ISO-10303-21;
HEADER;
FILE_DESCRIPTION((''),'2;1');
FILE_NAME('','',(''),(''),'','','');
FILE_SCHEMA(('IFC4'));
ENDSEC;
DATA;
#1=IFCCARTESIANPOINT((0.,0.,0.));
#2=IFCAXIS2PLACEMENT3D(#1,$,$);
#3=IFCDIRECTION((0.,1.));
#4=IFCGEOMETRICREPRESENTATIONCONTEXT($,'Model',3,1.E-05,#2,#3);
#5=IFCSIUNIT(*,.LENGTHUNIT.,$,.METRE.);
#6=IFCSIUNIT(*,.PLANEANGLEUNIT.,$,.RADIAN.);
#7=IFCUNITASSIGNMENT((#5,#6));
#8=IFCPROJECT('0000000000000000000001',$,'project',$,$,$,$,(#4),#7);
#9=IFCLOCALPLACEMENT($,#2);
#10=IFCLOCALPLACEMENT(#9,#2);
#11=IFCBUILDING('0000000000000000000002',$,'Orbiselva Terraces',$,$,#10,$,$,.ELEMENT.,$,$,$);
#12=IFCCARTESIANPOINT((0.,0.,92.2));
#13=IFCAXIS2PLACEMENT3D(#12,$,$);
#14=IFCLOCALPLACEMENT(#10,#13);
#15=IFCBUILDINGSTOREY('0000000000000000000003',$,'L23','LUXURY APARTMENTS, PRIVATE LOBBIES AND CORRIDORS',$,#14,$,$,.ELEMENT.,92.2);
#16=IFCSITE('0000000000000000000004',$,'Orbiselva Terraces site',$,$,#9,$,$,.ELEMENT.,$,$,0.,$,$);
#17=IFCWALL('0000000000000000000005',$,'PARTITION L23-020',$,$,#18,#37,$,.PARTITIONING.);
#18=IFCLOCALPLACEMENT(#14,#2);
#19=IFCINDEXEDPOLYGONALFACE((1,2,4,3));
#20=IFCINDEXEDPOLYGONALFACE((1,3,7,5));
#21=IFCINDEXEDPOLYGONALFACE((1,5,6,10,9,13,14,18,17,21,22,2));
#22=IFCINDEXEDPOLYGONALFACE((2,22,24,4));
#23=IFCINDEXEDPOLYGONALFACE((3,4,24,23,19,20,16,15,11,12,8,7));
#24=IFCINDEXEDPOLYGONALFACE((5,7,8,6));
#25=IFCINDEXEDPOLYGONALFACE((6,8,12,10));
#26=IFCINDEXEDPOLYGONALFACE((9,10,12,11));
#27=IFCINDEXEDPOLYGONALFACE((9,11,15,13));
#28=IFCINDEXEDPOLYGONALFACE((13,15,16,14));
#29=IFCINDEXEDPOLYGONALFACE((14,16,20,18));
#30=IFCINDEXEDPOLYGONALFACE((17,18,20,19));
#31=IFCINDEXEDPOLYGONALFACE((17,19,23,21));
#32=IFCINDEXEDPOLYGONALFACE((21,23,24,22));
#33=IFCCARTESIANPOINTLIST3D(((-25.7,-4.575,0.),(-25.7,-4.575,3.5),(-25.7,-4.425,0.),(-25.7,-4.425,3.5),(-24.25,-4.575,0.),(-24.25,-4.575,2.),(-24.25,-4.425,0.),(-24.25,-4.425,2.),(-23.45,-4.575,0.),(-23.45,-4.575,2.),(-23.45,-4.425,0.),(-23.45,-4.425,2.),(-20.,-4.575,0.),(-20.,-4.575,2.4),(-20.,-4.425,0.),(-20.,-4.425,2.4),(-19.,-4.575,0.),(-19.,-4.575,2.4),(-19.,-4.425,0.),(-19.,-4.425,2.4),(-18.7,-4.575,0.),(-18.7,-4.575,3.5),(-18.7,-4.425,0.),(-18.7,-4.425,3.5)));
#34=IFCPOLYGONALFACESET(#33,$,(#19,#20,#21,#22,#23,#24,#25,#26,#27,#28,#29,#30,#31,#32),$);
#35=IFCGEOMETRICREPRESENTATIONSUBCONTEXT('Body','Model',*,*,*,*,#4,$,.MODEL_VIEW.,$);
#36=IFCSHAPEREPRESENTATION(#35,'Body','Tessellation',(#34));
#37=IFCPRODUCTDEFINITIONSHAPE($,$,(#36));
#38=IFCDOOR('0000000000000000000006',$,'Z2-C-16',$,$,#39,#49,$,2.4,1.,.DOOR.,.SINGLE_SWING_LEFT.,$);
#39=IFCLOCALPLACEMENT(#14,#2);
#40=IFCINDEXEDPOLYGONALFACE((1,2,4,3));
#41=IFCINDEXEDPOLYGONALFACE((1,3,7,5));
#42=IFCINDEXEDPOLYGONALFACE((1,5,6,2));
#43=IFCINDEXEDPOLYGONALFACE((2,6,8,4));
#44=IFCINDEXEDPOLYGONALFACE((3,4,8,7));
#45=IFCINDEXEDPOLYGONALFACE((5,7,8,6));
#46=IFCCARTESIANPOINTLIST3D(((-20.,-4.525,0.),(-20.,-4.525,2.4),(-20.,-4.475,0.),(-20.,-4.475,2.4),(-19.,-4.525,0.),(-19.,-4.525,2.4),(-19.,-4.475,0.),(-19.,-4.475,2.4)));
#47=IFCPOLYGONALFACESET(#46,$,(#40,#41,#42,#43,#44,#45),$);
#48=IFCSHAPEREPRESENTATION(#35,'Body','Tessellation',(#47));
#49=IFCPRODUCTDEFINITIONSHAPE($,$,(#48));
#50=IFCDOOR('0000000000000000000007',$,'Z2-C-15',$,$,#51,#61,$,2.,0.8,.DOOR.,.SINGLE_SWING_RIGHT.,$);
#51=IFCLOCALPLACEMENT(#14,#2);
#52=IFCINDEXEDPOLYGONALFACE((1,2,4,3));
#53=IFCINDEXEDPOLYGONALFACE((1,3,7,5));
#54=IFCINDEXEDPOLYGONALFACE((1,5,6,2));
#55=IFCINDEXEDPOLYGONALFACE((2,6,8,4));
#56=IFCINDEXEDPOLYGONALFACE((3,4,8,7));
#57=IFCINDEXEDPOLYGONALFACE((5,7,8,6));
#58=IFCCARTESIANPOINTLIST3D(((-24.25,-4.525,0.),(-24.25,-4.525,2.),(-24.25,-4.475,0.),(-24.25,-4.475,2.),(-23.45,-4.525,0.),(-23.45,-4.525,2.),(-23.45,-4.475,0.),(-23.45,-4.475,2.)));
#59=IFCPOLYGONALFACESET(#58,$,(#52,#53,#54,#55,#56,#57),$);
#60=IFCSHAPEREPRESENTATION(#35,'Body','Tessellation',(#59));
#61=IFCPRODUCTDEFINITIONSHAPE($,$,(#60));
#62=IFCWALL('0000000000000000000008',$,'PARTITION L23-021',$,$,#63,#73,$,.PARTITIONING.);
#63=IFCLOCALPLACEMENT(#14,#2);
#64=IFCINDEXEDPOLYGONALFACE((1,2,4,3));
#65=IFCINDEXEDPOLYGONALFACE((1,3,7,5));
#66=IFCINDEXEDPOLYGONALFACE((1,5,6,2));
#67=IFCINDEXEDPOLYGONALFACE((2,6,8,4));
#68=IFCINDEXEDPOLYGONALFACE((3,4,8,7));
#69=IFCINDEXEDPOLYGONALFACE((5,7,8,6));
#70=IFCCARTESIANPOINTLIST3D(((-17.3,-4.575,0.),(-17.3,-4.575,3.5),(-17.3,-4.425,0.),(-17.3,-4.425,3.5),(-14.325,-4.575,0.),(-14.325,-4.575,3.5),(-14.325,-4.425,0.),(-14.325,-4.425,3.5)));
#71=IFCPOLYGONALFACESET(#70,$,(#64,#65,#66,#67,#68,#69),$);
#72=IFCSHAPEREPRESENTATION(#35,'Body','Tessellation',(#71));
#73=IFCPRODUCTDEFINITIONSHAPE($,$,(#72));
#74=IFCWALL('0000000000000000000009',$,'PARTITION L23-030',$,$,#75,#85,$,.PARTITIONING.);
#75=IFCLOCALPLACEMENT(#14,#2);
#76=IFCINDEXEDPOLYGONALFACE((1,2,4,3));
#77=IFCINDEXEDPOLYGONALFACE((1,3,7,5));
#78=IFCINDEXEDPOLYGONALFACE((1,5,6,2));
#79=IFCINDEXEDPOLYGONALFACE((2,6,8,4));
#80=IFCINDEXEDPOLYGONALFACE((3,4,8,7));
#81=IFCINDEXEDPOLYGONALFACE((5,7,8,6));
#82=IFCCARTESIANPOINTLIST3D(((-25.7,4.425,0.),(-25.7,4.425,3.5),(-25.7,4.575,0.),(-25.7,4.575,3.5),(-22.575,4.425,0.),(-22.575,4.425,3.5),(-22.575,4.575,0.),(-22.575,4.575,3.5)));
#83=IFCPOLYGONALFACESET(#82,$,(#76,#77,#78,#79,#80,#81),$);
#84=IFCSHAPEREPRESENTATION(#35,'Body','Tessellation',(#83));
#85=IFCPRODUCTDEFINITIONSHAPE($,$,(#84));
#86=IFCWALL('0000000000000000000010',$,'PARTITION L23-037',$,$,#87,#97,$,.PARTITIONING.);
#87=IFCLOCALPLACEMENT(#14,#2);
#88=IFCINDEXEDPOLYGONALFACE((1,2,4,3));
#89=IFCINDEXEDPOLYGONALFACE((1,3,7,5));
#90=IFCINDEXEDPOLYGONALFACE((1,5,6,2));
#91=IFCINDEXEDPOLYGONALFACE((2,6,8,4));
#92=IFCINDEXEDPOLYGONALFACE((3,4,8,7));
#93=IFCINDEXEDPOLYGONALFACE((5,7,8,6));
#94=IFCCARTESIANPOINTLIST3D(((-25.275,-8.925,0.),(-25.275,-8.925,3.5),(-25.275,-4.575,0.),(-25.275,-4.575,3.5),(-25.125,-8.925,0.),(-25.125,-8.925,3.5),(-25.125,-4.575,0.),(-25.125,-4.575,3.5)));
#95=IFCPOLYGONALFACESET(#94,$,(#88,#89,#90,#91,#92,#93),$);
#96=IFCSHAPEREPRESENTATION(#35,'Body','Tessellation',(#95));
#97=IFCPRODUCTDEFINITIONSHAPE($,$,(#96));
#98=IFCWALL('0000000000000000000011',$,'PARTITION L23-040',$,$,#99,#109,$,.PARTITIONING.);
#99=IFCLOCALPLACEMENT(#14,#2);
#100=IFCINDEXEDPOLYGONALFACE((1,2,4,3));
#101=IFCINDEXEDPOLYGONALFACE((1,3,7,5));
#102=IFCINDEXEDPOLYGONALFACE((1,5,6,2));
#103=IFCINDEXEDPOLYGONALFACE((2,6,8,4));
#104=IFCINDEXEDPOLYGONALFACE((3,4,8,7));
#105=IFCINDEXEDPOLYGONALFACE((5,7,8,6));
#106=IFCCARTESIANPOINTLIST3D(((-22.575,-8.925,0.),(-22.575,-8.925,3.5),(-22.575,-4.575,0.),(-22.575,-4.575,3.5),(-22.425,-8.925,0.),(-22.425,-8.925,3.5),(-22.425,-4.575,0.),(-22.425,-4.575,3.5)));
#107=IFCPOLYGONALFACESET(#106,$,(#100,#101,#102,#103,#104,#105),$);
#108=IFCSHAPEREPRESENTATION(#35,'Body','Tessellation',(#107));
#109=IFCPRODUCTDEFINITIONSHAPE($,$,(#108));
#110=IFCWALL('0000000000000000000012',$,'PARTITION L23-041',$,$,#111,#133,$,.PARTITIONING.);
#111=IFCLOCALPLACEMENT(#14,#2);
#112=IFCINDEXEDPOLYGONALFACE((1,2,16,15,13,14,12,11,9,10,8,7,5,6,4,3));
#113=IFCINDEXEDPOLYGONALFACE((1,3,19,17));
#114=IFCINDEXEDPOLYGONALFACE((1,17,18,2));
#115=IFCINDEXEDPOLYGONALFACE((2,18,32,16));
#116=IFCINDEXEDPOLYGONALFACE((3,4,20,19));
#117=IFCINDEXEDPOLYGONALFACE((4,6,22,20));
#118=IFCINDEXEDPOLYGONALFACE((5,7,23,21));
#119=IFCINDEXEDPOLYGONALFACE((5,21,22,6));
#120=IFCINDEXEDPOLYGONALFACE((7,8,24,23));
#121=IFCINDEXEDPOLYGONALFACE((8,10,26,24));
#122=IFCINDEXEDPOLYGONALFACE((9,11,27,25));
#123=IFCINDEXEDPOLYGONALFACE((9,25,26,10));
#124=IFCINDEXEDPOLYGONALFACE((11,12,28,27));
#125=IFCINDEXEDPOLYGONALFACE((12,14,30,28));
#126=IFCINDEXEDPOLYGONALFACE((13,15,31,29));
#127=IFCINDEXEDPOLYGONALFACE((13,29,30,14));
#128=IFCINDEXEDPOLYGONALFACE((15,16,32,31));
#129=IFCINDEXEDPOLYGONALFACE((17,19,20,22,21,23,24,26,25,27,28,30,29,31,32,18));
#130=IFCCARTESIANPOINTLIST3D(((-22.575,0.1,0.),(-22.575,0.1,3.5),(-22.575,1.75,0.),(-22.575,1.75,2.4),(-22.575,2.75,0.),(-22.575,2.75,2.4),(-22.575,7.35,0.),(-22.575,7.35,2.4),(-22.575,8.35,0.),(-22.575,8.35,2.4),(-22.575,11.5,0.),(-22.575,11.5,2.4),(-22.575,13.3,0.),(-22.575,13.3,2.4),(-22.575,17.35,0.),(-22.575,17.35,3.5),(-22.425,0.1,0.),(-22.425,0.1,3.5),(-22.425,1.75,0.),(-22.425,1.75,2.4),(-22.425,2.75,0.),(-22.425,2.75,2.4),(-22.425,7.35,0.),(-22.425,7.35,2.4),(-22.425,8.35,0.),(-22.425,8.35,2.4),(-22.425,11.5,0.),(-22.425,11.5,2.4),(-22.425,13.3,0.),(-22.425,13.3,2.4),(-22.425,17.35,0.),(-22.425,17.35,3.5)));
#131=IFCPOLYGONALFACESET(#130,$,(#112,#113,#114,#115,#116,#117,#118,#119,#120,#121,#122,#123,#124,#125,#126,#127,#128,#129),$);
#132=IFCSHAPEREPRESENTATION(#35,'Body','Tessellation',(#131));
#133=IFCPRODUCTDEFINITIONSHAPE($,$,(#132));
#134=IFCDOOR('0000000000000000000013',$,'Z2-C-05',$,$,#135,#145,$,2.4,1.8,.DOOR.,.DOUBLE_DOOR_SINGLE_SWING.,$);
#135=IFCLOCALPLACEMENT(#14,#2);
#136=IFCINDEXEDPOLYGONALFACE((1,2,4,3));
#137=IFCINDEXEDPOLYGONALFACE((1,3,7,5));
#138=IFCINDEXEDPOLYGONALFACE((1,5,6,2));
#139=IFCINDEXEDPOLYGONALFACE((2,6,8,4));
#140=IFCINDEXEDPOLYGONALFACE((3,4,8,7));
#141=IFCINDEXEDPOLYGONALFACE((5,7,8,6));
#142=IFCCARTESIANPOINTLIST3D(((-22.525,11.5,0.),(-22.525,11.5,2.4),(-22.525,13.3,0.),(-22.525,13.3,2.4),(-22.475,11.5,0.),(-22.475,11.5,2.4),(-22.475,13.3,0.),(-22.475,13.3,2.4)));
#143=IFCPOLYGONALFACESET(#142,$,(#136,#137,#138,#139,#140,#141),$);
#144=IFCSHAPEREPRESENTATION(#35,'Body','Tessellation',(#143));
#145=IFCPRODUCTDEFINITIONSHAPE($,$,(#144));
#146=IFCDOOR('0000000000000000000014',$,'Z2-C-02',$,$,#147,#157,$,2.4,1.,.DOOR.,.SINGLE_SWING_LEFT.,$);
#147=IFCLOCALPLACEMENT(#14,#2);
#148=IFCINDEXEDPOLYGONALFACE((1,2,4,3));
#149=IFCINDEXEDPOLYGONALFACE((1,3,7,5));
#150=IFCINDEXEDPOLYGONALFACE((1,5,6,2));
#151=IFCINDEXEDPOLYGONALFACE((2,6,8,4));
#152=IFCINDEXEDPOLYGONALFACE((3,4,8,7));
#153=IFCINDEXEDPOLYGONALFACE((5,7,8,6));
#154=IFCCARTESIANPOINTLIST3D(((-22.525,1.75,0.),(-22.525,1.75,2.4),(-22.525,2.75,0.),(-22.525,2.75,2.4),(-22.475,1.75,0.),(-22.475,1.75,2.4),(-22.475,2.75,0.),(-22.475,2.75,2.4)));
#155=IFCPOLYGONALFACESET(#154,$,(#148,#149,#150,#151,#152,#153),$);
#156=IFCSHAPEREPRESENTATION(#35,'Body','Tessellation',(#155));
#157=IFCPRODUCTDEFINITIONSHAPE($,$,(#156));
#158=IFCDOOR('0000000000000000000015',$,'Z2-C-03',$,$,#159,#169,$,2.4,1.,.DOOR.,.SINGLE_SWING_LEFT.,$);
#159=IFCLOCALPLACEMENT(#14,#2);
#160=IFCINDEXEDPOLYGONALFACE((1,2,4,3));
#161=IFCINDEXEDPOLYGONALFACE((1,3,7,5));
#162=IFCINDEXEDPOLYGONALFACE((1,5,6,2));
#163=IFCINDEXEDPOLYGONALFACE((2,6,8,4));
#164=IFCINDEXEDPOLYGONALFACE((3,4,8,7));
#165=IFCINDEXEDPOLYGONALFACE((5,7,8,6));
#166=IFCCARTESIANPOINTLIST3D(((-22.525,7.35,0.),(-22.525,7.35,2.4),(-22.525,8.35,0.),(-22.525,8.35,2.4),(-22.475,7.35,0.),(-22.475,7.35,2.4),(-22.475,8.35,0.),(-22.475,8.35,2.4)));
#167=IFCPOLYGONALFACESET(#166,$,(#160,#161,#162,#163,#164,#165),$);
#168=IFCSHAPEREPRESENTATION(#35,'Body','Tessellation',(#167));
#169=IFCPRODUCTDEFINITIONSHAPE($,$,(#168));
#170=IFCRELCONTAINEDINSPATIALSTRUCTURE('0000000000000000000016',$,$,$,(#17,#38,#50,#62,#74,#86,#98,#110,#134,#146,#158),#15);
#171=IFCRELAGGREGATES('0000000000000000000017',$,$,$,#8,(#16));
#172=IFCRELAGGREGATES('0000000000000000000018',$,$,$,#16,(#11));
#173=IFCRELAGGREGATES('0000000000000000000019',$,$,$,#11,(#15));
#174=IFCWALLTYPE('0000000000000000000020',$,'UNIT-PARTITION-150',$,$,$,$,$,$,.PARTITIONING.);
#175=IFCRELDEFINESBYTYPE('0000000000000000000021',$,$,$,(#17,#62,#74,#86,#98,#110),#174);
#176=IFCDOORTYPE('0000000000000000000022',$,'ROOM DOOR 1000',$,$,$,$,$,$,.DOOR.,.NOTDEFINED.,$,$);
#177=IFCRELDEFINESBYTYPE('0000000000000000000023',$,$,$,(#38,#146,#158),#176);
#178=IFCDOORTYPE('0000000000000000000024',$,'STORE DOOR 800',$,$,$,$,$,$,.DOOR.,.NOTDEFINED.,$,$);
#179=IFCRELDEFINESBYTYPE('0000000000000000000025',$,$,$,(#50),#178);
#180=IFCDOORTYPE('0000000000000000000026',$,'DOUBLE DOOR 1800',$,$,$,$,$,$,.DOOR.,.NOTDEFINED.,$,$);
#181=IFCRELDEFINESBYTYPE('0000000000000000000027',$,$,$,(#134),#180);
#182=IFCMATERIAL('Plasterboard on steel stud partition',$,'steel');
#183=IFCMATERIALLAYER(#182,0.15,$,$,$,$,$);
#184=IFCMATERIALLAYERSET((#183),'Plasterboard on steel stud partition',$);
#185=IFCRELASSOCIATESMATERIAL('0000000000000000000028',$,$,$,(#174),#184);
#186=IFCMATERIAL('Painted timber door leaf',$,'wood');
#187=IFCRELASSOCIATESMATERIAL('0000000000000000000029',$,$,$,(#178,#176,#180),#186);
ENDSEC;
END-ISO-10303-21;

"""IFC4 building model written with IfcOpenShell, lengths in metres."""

from ifc_helpers import new_model, si_unit, direction, frame, frame_2d, origin, place, context, subcontext, project, spatial, rectangle, extrude, material, layer, layer_set, type_object, element, fill, save


model = new_model("IFC4")

# Units and contexts
model_context = context("Model", 3, precision=1e-05, world=origin(), true_north=direction((0.0, 1.0)))
body_context = subcontext(model_context, "Body", "Model", "MODEL_VIEW")
ifc_project = project(units=[si_unit("LENGTHUNIT", "METRE"), si_unit("PLANEANGLEUNIT", "RADIAN")], contexts=[model_context])

# Site, building, storey
site_placement = place(None, origin())
site = spatial("IfcSite", under=ifc_project, at=site_placement, Name="Orbiselva Terraces site", CompositionType="ELEMENT", RefElevation=0.0)
building_placement = place(site_placement, origin())
building = spatial("IfcBuilding", under=site, at=building_placement, Name="Orbiselva Terraces", CompositionType="ELEMENT")
storey_placement = place(building_placement, frame((0.0, 0.0, 92.2)))
storey = spatial("IfcBuildingStorey", under=building, at=storey_placement, Name="L23", Description="LUXURY APARTMENTS, PRIVATE LOBBIES AND CORRIDORS", CompositionType="ELEMENT", Elevation=92.2)

# Shared definitions
ifc_material_1 = material(Name="Plasterboard on steel stud partition", Category="steel")

# Shared definitions
ifc_layer_1 = layer(ifc_material_1, 0.15)
ifc_layer_set_1 = layer_set([ifc_layer_1], Name="Plasterboard on steel stud partition")
wall_type_1 = type_object("IfcWallType", Name="UNIT-PARTITION-150", PredefinedType="PARTITIONING", material=ifc_layer_set_1)
ifc_material_2 = material(Name="Painted timber door leaf", Category="wood")
door_type_1 = type_object("IfcDoorType", Name="STORE DOOR 800", OperationType="NOTDEFINED", PredefinedType="DOOR", material=ifc_material_2)

# Wall, openings, doors
wall_1_placement = place(storey_placement, frame((-18.7, -4.5, 0.0), z_axis=(0.0, 0.0, 1.0), x_axis=(-1.0, 0.0, 0.0)))
wall_1 = element("IfcWall", 1, at=wall_1_placement, inside=storey, type_object=wall_type_1, Name="PARTITION L23-020", PredefinedType="PARTITIONING", context=body_context, shape_type="SweptSolid", body=[
    extrude(rectangle(XDim=7.0, YDim=0.15, at=frame_2d((3.5, 0.0))), origin(), (0.0, 0.0, 1.0), 3.5),
])
opening_1_placement = place(wall_1_placement, frame((4.75, 0.0, 0.0)))
opening_1 = element("IfcOpeningElement", 2, at=opening_1_placement, cuts=wall_1, PredefinedType="OPENING", context=body_context, shape_type="SweptSolid", body=[
    extrude(rectangle(XDim=0.8, YDim=2.0, at=frame_2d((0.4, 1.0))), frame((0.0, 0.085, 0.0), z_axis=(0.0, -1.0, 0.0), x_axis=(1.0, 0.0, 0.0)), (0.0, 0.0, 1.0), 0.17),
])
opening_2_placement = place(wall_1_placement, frame((0.3, 0.0, 0.0)))
opening_2 = element("IfcOpeningElement", 3, at=opening_2_placement, cuts=wall_1, PredefinedType="OPENING", context=body_context, shape_type="SweptSolid", body=[
    extrude(rectangle(XDim=1.0, YDim=2.4, at=frame_2d((0.5, 1.2))), frame((0.0, 0.085, 0.0), z_axis=(0.0, -1.0, 0.0), x_axis=(1.0, 0.0, 0.0)), (0.0, 0.0, 1.0), 0.17),
])
door_type_2 = type_object("IfcDoorType", Name="ROOM DOOR 1000", OperationType="NOTDEFINED", PredefinedType="DOOR", material=ifc_material_2)
door_1_placement = place(opening_2_placement, origin())
door_1 = element("IfcDoor", 4, at=door_1_placement, inside=storey, type_object=door_type_2, Name="Z2-C-16", OperationType="SINGLE_SWING_LEFT", OverallHeight=2.4, OverallWidth=1.0, PredefinedType="DOOR", context=body_context, shape_type="SweptSolid", body=[
    extrude(rectangle(XDim=1.0, YDim=2.4, at=frame_2d((0.5, 1.2))), frame((0.0, 0.025, 0.0), z_axis=(0.0, -1.0, 0.0), x_axis=(1.0, 0.0, 0.0)), (0.0, 0.0, 1.0), 0.05),
])
fill(opening_2, door_1)
door_2_placement = place(opening_1_placement, origin())
door_2 = element("IfcDoor", 5, at=door_2_placement, inside=storey, type_object=door_type_1, Name="Z2-C-15", OperationType="SINGLE_SWING_RIGHT", OverallHeight=2.0, OverallWidth=0.8, PredefinedType="DOOR", context=body_context, shape_type="SweptSolid", body=[
    extrude(rectangle(XDim=0.8, YDim=2.0, at=frame_2d((0.4, 1.0))), frame((0.0, 0.025, 0.0), z_axis=(0.0, -1.0, 0.0), x_axis=(1.0, 0.0, 0.0)), (0.0, 0.0, 1.0), 0.05),
])
fill(opening_1, door_2)

# Walls
wall_2_placement = place(storey_placement, frame((-17.3, -4.5, 0.0), z_axis=(0.0, 0.0, 1.0), x_axis=(1.0, 0.0, 0.0)))
element("IfcWall", 6, at=wall_2_placement, inside=storey, type_object=wall_type_1, Name="PARTITION L23-021", PredefinedType="PARTITIONING", context=body_context, shape_type="SweptSolid", body=[
    extrude(rectangle(XDim=2.975, YDim=0.15, at=frame_2d((1.4875, 0.0))), origin(), (0.0, 0.0, 1.0), 3.5),
])
wall_3_placement = place(storey_placement, frame((-25.7, 4.5, 0.0), z_axis=(0.0, 0.0, 1.0), x_axis=(1.0, 0.0, 0.0)))
element("IfcWall", 7, at=wall_3_placement, inside=storey, type_object=wall_type_1, Name="PARTITION L23-030", PredefinedType="PARTITIONING", context=body_context, shape_type="SweptSolid", body=[
    extrude(rectangle(XDim=3.125, YDim=0.15, at=frame_2d((1.5625, 0.0))), origin(), (0.0, 0.0, 1.0), 3.5),
])
for number, where, z_axis, x_axis, name in (
    (8, (-25.2, -8.925, 0.0), (0.0, 0.0, 1.0), (0.0, 1.0, 0.0), "PARTITION L23-037"),
    (9, (-22.5, -8.925, 0.0), (0.0, 0.0, 1.0), (0.0, 1.0, 0.0), "PARTITION L23-040"),
):
    element("IfcWall", number, at=place(storey_placement, frame(where, z_axis=z_axis, x_axis=x_axis)), inside=storey, type_object=wall_type_1, Name=name, PredefinedType="PARTITIONING", context=body_context, shape_type="SweptSolid", body=[
        extrude(rectangle(XDim=4.35, YDim=0.15, at=frame_2d((2.175, 0.0))), origin(), (0.0, 0.0, 1.0), 3.5),
    ])

# Wall, openings, doors
wall_4_placement = place(storey_placement, frame((-22.5, 0.1, 0.0), z_axis=(0.0, 0.0, 1.0), x_axis=(0.0, 1.0, 0.0)))
wall_4 = element("IfcWall", 10, at=wall_4_placement, inside=storey, type_object=wall_type_1, Name="PARTITION L23-041", PredefinedType="PARTITIONING", context=body_context, shape_type="SweptSolid", body=[
    extrude(rectangle(XDim=17.25, YDim=0.15, at=frame_2d((8.625, 0.0))), origin(), (0.0, 0.0, 1.0), 3.5),
])
opening_3_placement = place(wall_4_placement, frame((1.65, 0.0, 0.0)))
opening_3 = element("IfcOpeningElement", 11, at=opening_3_placement, cuts=wall_4, PredefinedType="OPENING", context=body_context, shape_type="SweptSolid", body=[
    extrude(rectangle(XDim=1.0, YDim=2.4, at=frame_2d((0.5, 1.2))), frame((0.0, 0.085, 0.0), z_axis=(0.0, -1.0, 0.0), x_axis=(1.0, 0.0, 0.0)), (0.0, 0.0, 1.0), 0.17),
])
opening_4_placement = place(wall_4_placement, frame((7.25, 0.0, 0.0)))
opening_4 = element("IfcOpeningElement", 12, at=opening_4_placement, cuts=wall_4, PredefinedType="OPENING", context=body_context, shape_type="SweptSolid", body=[
    extrude(rectangle(XDim=1.0, YDim=2.4, at=frame_2d((0.5, 1.2))), frame((0.0, 0.085, 0.0), z_axis=(0.0, -1.0, 0.0), x_axis=(1.0, 0.0, 0.0)), (0.0, 0.0, 1.0), 0.17),
])
opening_5_placement = place(wall_4_placement, frame((11.4, 0.0, 0.0)))
opening_5 = element("IfcOpeningElement", 13, at=opening_5_placement, cuts=wall_4, PredefinedType="OPENING", context=body_context, shape_type="SweptSolid", body=[
    extrude(rectangle(XDim=1.8, YDim=2.4, at=frame_2d((0.9, 1.2))), frame((0.0, 0.085, 0.0), z_axis=(0.0, -1.0, 0.0), x_axis=(1.0, 0.0, 0.0)), (0.0, 0.0, 1.0), 0.17),
])
door_type_3 = type_object("IfcDoorType", Name="DOUBLE DOOR 1800", OperationType="NOTDEFINED", PredefinedType="DOOR", material=ifc_material_2)
door_3_placement = place(opening_5_placement, origin())
door_3 = element("IfcDoor", 14, at=door_3_placement, inside=storey, type_object=door_type_3, Name="Z2-C-05", OperationType="DOUBLE_DOOR_SINGLE_SWING", OverallHeight=2.4, OverallWidth=1.8, PredefinedType="DOOR", context=body_context, shape_type="SweptSolid", body=[
    extrude(rectangle(XDim=1.8, YDim=2.4, at=frame_2d((0.9, 1.2))), frame((0.0, 0.025, 0.0), z_axis=(0.0, -1.0, 0.0), x_axis=(1.0, 0.0, 0.0)), (0.0, 0.0, 1.0), 0.05),
])
fill(opening_5, door_3)
door_4_placement = place(opening_3_placement, origin())
door_4 = element("IfcDoor", 15, at=door_4_placement, inside=storey, type_object=door_type_2, Name="Z2-C-02", OperationType="SINGLE_SWING_LEFT", OverallHeight=2.4, OverallWidth=1.0, PredefinedType="DOOR", context=body_context, shape_type="SweptSolid", body=[
    extrude(rectangle(XDim=1.0, YDim=2.4, at=frame_2d((0.5, 1.2))), frame((0.0, 0.025, 0.0), z_axis=(0.0, -1.0, 0.0), x_axis=(1.0, 0.0, 0.0)), (0.0, 0.0, 1.0), 0.05),
])
fill(opening_3, door_4)
door_5_placement = place(opening_4_placement, origin())
door_5 = element("IfcDoor", 16, at=door_5_placement, inside=storey, type_object=door_type_2, Name="Z2-C-03", OperationType="SINGLE_SWING_LEFT", OverallHeight=2.4, OverallWidth=1.0, PredefinedType="DOOR", context=body_context, shape_type="SweptSolid", body=[
    extrude(rectangle(XDim=1.0, YDim=2.4, at=frame_2d((0.5, 1.2))), frame((0.0, 0.025, 0.0), z_axis=(0.0, -1.0, 0.0), x_axis=(1.0, 0.0, 0.0)), (0.0, 0.0, 1.0), 0.05),
])
fill(opening_4, door_5)

save(model, "model.ifc")
